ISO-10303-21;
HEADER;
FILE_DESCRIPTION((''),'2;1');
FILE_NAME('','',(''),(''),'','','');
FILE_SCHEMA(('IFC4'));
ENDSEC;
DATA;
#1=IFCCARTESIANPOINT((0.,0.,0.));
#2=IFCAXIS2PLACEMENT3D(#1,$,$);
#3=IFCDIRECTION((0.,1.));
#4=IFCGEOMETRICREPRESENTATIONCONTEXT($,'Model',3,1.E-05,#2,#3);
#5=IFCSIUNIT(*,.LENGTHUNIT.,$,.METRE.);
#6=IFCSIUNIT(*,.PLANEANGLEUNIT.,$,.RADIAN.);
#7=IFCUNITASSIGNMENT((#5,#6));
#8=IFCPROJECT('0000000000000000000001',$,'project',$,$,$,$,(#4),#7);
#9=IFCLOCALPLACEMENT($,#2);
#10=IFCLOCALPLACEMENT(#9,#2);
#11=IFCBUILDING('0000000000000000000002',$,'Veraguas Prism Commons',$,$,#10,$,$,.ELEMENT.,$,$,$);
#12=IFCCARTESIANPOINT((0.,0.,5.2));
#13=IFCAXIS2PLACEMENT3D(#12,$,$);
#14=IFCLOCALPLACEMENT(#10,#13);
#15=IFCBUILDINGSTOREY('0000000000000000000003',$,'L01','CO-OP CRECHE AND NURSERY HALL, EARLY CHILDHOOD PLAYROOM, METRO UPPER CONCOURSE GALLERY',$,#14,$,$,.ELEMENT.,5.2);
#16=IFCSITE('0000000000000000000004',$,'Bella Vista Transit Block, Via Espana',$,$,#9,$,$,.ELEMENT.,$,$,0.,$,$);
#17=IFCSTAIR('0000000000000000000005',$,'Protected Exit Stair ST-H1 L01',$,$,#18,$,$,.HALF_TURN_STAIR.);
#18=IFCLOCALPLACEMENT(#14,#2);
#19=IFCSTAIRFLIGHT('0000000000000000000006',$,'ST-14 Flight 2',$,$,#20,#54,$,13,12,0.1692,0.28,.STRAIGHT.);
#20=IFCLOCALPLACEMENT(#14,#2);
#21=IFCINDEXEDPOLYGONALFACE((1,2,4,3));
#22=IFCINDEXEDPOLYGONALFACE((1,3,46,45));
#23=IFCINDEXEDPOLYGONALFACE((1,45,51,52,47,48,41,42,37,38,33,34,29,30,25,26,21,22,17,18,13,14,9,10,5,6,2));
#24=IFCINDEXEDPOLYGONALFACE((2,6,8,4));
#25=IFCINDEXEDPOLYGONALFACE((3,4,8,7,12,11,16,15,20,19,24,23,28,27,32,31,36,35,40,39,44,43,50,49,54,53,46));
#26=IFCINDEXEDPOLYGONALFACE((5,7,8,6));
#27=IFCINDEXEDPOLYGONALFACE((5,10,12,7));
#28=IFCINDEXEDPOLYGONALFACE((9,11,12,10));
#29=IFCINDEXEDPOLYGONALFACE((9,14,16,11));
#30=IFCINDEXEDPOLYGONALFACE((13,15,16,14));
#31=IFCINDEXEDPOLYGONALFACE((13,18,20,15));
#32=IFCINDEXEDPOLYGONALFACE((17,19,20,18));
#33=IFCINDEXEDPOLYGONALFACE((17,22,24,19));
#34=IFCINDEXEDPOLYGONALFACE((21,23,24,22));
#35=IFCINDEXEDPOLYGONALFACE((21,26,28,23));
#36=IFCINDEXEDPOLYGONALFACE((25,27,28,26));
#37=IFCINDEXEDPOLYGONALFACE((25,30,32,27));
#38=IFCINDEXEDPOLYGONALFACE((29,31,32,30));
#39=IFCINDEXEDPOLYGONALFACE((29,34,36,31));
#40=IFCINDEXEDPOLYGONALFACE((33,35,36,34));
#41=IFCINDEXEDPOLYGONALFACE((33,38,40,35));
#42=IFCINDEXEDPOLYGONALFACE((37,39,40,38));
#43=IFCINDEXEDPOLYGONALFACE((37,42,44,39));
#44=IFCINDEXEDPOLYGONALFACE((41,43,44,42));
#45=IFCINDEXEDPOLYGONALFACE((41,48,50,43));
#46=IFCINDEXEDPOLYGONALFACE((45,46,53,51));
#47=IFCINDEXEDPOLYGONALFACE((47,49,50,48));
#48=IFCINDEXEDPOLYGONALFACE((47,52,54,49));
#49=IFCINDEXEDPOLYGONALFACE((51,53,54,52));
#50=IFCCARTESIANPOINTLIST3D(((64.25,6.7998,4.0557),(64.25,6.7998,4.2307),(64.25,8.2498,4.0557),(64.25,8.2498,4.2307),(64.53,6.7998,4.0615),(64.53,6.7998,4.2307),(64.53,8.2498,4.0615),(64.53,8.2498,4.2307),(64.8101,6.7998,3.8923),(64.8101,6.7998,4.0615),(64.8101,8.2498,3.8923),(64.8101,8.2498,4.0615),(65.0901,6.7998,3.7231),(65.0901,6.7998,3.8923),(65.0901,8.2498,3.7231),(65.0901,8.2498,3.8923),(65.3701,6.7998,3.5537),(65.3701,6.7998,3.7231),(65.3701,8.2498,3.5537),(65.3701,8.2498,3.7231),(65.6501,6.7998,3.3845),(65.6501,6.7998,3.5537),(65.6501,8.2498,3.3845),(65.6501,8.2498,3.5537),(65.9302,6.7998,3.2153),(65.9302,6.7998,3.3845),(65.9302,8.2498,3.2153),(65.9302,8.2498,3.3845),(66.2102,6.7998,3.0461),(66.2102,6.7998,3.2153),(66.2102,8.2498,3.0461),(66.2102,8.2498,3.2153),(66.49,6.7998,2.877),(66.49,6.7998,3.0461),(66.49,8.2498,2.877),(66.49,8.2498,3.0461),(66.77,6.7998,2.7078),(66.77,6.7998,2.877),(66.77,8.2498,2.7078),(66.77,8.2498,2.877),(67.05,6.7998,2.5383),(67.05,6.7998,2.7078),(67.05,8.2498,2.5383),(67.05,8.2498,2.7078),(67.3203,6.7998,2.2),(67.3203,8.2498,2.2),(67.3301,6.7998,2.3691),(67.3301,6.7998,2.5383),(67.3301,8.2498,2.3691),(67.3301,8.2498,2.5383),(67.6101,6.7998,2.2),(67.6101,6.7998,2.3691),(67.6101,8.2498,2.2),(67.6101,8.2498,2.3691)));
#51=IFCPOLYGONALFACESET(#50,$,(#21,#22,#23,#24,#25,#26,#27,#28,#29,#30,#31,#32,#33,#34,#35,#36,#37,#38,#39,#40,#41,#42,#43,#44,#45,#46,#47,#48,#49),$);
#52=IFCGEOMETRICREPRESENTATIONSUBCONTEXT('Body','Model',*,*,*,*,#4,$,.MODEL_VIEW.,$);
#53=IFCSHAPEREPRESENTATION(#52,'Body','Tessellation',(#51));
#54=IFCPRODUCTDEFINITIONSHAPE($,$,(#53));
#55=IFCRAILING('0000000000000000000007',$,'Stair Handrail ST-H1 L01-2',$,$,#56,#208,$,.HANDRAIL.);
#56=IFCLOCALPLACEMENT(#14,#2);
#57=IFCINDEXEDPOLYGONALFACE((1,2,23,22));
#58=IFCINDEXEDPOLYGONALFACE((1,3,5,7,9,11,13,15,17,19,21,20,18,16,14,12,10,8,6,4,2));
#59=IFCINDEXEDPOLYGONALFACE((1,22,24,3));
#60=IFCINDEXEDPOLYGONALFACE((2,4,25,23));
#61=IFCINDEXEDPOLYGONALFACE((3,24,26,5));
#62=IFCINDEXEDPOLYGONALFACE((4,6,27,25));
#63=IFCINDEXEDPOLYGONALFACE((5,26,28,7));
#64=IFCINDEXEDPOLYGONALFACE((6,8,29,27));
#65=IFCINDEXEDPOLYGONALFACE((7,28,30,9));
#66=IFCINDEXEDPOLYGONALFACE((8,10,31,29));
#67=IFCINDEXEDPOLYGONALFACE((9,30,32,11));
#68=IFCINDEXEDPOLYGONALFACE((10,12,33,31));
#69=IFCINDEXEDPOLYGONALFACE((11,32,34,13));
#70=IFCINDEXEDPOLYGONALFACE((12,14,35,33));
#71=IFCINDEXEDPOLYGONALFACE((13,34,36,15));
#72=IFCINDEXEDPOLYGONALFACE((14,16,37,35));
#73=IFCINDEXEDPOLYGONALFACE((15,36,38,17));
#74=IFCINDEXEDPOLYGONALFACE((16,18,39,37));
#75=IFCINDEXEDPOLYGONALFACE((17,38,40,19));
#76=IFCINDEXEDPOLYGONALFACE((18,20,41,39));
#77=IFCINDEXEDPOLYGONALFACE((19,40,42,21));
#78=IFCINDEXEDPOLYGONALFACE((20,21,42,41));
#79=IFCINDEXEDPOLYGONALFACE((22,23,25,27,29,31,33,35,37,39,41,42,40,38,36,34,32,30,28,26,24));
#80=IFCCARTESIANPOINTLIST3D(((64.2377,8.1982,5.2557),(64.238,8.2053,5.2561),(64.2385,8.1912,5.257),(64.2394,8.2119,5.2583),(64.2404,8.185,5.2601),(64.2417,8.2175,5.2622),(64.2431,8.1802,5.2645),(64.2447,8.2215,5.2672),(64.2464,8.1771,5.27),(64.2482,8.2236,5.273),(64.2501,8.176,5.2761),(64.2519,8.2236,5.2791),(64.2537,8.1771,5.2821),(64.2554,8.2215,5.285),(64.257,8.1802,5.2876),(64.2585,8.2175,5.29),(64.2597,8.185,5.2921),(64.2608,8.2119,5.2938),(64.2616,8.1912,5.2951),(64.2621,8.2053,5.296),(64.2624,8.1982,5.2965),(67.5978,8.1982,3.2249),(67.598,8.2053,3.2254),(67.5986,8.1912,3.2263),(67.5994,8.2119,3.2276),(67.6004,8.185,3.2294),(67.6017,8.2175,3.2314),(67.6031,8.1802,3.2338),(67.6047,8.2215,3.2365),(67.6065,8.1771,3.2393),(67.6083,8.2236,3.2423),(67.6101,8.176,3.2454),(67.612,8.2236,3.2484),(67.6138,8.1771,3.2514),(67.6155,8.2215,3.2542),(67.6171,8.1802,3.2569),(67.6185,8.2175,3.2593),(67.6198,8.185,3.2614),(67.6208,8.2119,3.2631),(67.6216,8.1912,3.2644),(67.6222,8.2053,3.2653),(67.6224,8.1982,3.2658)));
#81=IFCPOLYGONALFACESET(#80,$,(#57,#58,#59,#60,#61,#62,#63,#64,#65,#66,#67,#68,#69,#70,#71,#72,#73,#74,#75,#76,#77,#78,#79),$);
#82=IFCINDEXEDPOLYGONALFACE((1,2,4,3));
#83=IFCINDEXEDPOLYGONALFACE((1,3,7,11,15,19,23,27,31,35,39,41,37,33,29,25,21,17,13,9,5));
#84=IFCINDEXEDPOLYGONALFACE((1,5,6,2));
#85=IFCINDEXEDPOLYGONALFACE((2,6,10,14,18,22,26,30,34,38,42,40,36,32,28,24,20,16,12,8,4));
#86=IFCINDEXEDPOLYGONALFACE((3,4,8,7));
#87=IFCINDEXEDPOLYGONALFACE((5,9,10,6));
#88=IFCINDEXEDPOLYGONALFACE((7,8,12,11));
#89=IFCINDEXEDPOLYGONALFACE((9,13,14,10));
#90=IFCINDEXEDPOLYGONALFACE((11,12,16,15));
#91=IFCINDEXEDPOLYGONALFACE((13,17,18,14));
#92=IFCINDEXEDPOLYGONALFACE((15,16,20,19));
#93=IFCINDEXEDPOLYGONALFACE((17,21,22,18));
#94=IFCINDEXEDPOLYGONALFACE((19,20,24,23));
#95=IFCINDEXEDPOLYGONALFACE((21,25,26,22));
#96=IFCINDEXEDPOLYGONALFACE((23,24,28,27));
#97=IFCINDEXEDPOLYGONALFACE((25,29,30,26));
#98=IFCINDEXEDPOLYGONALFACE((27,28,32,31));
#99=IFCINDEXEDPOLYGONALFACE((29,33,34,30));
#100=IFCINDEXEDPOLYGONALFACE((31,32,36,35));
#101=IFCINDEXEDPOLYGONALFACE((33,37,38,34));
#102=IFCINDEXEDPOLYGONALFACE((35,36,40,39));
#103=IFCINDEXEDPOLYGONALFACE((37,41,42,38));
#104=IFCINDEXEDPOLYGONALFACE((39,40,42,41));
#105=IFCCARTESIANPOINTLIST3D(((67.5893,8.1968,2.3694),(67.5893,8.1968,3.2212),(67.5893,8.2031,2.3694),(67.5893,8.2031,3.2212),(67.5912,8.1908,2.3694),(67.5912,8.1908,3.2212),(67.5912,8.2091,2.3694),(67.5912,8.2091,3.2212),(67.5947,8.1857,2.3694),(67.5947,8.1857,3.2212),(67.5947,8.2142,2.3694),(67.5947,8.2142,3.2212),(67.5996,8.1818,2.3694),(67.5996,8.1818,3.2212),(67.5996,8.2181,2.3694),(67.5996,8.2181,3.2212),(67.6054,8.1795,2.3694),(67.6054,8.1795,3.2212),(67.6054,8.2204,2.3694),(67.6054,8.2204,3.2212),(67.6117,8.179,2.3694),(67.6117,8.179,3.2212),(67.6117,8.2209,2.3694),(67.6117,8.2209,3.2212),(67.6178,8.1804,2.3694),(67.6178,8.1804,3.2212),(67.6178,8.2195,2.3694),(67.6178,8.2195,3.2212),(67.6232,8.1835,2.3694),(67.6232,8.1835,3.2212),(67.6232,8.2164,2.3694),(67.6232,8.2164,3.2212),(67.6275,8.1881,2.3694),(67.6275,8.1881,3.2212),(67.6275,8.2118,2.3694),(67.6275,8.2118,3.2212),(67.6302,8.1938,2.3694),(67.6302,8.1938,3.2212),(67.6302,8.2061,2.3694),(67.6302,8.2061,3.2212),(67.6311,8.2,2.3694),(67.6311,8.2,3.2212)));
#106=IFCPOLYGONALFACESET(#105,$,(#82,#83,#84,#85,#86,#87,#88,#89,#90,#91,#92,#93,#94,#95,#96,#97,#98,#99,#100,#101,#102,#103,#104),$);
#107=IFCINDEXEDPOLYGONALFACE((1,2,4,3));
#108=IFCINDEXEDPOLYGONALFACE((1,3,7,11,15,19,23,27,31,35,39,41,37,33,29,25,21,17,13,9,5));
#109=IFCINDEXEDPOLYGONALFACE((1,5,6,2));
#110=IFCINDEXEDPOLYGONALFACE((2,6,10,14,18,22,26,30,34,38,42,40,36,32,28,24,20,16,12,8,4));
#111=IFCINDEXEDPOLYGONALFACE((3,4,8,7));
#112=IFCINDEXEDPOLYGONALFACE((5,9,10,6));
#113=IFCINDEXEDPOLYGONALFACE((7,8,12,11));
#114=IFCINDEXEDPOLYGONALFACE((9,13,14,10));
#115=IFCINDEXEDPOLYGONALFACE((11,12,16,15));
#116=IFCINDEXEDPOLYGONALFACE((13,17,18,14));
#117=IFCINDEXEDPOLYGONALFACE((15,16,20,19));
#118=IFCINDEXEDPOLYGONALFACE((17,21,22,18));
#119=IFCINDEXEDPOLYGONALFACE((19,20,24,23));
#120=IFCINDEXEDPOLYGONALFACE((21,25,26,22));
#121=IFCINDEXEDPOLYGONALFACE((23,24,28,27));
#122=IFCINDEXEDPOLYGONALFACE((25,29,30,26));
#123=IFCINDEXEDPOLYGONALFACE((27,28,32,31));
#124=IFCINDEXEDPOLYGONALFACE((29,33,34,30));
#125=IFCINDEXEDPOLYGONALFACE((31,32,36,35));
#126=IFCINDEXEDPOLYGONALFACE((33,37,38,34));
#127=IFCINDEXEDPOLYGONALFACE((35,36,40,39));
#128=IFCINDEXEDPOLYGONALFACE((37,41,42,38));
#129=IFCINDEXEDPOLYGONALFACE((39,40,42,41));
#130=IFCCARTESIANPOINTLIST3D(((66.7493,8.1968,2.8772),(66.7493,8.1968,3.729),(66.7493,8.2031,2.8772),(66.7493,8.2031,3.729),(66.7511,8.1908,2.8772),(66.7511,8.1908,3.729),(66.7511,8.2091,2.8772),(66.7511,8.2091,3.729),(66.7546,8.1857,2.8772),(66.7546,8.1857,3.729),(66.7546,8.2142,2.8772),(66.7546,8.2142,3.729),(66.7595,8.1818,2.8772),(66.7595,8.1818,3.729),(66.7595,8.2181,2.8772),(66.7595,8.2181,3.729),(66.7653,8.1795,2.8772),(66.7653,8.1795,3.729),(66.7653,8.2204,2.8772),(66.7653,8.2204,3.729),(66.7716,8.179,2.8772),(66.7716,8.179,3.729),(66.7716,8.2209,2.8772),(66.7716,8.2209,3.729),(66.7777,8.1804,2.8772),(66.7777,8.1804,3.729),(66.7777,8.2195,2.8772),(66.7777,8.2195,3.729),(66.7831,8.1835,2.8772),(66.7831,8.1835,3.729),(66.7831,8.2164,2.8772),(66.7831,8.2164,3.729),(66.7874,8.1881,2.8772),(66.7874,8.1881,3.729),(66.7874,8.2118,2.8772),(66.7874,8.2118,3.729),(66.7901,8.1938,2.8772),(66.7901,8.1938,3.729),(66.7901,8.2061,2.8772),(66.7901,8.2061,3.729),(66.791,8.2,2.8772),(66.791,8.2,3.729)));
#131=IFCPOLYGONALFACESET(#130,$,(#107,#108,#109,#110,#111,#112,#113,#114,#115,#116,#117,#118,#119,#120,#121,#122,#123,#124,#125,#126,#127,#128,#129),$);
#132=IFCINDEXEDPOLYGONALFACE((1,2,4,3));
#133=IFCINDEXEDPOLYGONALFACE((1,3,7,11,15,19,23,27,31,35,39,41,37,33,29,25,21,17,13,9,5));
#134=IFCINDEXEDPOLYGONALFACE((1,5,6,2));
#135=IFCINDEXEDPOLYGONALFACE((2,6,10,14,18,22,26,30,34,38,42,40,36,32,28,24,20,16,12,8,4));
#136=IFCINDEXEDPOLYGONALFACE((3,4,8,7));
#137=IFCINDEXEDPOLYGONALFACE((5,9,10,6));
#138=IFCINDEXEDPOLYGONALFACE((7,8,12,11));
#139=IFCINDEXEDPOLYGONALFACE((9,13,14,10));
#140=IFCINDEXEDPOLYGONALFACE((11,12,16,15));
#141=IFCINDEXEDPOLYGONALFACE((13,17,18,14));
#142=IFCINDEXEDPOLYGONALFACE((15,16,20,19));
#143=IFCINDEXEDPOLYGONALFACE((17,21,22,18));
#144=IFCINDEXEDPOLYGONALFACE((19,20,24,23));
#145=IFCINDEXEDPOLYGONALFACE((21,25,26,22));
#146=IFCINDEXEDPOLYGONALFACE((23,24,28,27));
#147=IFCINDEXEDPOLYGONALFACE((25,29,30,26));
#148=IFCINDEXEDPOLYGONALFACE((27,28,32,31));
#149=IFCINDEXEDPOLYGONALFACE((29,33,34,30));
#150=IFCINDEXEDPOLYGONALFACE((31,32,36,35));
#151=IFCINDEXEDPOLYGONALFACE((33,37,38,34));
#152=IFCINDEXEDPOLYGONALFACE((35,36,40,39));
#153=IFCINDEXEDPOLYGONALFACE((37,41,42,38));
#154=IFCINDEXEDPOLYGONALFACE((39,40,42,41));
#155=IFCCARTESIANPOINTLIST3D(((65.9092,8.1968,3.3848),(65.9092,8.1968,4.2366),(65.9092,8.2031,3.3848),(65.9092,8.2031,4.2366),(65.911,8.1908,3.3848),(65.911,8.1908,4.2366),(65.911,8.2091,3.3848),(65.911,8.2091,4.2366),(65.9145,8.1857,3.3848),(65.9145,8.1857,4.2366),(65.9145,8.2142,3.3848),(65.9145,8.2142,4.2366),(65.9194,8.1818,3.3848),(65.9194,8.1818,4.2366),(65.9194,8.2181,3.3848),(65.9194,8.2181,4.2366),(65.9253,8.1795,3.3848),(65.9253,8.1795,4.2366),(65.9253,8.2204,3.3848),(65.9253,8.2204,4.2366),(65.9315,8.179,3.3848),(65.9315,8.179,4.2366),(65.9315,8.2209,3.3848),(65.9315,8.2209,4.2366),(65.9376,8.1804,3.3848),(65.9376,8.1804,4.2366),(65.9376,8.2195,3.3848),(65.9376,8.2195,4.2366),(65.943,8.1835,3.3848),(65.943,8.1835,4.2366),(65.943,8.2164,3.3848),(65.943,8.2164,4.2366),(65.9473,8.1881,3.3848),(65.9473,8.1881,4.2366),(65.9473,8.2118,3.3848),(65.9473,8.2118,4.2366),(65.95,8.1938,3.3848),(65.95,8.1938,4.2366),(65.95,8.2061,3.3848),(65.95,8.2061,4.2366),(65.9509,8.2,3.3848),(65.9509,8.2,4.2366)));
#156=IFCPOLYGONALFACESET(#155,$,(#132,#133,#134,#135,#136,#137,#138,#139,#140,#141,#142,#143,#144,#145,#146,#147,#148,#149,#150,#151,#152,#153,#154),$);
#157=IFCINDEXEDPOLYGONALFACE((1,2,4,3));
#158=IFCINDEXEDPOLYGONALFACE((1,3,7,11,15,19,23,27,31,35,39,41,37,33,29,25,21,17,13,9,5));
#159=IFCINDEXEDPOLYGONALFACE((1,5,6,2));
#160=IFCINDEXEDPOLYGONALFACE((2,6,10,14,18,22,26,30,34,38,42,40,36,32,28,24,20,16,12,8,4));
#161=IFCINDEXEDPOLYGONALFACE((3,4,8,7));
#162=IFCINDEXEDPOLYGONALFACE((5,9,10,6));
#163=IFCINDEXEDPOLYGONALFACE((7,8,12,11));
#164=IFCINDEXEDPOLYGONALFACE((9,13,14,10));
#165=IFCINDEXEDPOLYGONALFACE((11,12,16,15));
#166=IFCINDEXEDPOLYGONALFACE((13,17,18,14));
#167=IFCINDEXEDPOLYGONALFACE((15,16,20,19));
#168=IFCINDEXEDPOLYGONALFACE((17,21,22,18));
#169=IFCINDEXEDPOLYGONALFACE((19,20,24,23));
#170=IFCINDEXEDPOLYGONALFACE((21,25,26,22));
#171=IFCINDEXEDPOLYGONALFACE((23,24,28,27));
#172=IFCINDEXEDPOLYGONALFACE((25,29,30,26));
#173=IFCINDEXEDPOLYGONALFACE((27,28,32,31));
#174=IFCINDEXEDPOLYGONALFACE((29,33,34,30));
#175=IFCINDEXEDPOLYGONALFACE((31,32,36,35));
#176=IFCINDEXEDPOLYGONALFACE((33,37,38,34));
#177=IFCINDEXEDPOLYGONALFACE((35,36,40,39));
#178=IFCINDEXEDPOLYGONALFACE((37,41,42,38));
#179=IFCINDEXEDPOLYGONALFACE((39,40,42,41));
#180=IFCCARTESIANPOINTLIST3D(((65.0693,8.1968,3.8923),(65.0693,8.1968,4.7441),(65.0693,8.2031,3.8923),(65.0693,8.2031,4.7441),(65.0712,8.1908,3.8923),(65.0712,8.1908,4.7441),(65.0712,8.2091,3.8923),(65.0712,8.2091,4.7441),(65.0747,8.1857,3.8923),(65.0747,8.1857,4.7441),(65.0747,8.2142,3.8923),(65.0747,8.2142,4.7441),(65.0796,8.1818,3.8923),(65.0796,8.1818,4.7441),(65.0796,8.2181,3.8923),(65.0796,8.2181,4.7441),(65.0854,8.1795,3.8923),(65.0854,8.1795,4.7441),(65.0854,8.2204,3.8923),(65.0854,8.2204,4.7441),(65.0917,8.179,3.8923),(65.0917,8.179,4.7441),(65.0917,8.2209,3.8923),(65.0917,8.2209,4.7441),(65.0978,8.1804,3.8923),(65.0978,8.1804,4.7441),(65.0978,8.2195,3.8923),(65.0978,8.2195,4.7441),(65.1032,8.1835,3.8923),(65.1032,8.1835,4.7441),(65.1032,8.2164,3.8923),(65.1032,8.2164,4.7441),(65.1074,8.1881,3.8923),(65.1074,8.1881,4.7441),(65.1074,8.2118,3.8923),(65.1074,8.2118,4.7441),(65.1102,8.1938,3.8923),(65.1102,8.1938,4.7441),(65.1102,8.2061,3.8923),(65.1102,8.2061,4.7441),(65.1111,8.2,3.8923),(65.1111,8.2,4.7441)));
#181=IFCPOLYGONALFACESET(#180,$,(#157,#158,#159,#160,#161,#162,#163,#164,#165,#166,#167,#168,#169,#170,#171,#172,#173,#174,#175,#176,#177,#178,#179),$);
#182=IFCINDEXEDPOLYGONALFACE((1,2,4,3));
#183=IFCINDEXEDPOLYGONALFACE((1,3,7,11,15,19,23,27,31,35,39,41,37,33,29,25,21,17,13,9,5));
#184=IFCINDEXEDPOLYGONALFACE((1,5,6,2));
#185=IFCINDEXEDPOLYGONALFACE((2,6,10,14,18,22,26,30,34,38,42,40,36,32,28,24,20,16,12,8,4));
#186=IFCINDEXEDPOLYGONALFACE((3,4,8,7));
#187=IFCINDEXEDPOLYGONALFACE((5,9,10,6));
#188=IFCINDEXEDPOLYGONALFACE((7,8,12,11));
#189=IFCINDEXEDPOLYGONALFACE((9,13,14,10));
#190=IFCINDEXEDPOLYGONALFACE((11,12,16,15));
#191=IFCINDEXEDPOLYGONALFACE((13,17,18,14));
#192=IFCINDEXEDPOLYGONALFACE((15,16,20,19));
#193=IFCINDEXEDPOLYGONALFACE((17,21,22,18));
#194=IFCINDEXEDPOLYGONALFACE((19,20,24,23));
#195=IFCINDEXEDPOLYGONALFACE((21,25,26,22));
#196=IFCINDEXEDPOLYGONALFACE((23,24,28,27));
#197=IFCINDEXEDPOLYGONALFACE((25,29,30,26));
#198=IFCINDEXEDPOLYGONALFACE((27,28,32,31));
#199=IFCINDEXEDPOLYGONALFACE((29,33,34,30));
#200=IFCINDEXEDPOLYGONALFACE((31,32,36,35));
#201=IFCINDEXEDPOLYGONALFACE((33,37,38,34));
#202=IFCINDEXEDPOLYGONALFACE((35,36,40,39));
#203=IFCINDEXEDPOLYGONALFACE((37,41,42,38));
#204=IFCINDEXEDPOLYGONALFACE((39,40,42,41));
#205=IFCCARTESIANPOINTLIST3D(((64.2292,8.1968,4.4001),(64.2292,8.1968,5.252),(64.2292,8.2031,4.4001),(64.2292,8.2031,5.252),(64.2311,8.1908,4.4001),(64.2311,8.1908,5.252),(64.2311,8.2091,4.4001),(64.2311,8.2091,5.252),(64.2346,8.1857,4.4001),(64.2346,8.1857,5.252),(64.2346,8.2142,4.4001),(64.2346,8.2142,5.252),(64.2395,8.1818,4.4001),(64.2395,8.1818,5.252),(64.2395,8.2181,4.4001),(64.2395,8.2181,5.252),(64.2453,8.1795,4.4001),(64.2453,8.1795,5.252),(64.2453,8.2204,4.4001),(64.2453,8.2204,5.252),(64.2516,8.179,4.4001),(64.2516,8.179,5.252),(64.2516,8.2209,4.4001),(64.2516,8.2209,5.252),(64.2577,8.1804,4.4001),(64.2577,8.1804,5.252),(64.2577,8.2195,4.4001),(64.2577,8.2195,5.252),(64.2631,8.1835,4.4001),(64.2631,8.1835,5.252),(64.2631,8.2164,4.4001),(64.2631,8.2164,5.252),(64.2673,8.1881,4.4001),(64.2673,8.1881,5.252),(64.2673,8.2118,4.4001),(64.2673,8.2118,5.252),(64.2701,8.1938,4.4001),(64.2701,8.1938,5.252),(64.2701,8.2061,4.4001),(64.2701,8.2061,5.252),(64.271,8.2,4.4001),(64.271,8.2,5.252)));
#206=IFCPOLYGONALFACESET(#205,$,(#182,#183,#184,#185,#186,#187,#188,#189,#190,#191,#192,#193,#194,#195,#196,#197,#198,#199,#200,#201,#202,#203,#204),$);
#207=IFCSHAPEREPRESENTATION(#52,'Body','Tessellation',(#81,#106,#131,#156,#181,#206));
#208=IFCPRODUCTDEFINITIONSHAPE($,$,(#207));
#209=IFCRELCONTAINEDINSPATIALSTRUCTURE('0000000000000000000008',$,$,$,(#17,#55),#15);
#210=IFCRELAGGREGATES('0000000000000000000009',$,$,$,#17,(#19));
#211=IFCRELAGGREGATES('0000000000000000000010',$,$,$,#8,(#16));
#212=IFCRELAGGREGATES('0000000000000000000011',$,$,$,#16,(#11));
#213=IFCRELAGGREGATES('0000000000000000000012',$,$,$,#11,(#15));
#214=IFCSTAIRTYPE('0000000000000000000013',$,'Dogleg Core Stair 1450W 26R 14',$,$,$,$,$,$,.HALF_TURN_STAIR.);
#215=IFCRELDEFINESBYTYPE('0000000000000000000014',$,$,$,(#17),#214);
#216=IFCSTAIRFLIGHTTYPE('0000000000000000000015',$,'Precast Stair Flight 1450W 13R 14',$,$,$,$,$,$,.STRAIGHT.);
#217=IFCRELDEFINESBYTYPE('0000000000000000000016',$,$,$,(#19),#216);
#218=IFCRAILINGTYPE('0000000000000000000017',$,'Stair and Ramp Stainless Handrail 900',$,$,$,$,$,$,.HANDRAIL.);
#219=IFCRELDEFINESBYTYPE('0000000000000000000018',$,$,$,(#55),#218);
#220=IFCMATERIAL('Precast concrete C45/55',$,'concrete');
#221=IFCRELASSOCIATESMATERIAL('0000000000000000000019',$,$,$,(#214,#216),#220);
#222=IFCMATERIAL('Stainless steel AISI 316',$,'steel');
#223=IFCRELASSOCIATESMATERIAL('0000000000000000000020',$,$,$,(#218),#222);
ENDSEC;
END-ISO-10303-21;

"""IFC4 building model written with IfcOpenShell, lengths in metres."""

from ifc_helpers import new_model, si_unit, direction, frame, origin, origin_2d, place, context, subcontext, project, spatial, polyline, circle, outline, extrude, material, type_object, element, aggregate, save


model = new_model("IFC4")

# Units and contexts
model_context = context("Model", 3, precision=1e-05, world=origin(), true_north=direction((0.0, 1.0)))
body_context = subcontext(model_context, "Body", "Model", "MODEL_VIEW")
ifc_project = project(units=[si_unit("LENGTHUNIT", "METRE"), si_unit("PLANEANGLEUNIT", "RADIAN")], contexts=[model_context])

# Site, building, storey
site_placement = place(None, origin())
site = spatial("IfcSite", under=ifc_project, at=site_placement, Name="Bella Vista Transit Block, Via Espana", CompositionType="ELEMENT", RefElevation=0.0)
building_placement = place(site_placement, origin())
building = spatial("IfcBuilding", under=site, at=building_placement, Name="Veraguas Prism Commons", CompositionType="ELEMENT")
storey_placement = place(building_placement, frame((0.0, 0.0, 5.2)))
storey = spatial("IfcBuildingStorey", under=building, at=storey_placement, Name="L01", Description="CO-OP CRECHE AND NURSERY HALL, EARLY CHILDHOOD PLAYROOM, METRO UPPER CONCOURSE GALLERY", CompositionType="ELEMENT", Elevation=5.2)

# Shared definitions
ifc_material_1 = material(Name="Stainless steel AISI 316", Category="steel")

# Stair, stair flight
ifc_material_2 = material(Name="Precast concrete C45/55", Category="concrete")
stair_type = type_object("IfcStairType", Name="Dogleg Core Stair 1450W 26R 14", PredefinedType="HALF_TURN_STAIR", material=ifc_material_2)
stair_placement = place(storey_placement, origin())
stair = element("IfcStair", 1, at=stair_placement, inside=storey, type_object=stair_type, Name="Protected Exit Stair ST-H1 L01", PredefinedType="HALF_TURN_STAIR")
stair_flight_type = type_object("IfcStairFlightType", Name="Precast Stair Flight 1450W 13R 14", PredefinedType="STRAIGHT", material=ifc_material_2)
stair_flight_placement = place(storey_placement, frame((67.6101, 7.5249, 2.2), z_axis=(0.0, 0.0, 1.0), x_axis=(-1.0, 0.0, 0.0)))
stair_flight = element("IfcStairFlight", 2, at=stair_flight_placement, type_object=stair_flight_type, Name="ST-14 Flight 2", NumberOfRisers=13, NumberOfTreads=12, PredefinedType="STRAIGHT", RiserHeight=0.1692, TreadLength=0.28, context=body_context, shape_type="SweptSolid", body=[
    extrude(outline(polyline([(0.0, 0.0), (0.0, 0.1692), (0.28, 0.1692), (0.28, 0.3384), (0.5601, 0.3384), (0.5601, 0.5078), (0.8401, 0.5078), (0.8401, 0.677), (1.1201, 0.677), (1.1201, 0.8462), (1.3999, 0.8462), (1.3999, 1.0154), (1.6799, 1.0154), (1.6799, 1.1846), (1.96, 1.1846), (1.96, 1.3538), (2.24, 1.3538), (2.24, 1.5232), (2.52, 1.5232), (2.52, 1.6924), (2.8, 1.6924), (2.8, 1.8616), (3.0801, 1.8616), (3.0801, 2.0308), (3.3601, 2.0308), (3.3601, 2.2), (3.3601, 1.8557), (0.2898, 0.0), (0.0, 0.0)])), frame((0.0, 0.7251, 0.0), z_axis=(0.0, -1.0, 0.0), x_axis=(1.0, 0.0, 0.0)), (0.0, 0.0, 1.0), 1.45),
])
aggregate(stair, [stair_flight])

# Railing
railing_type_1 = type_object("IfcRailingType", Name="Stair and Ramp Stainless Handrail 900", PredefinedType="HANDRAIL", material=ifc_material_1)
railing_1_placement = place(storey_placement, frame((67.6101, 8.2, 2.3694)))
element("IfcRailing", 3, at=railing_1_placement, inside=storey, type_object=railing_type_1, Name="Stair Handrail ST-H1 L01-2", PredefinedType="HANDRAIL", context=body_context, shape_type="SweptSolid", body=[
    extrude(circle(Radius=0.0239, at=origin_2d()), frame((0.0, 0.0, 0.876), z_axis=(-0.855837, 0.0, 0.517246), x_axis=(0.0, -1.0, 0.0)), (0.0, 0.0, 1.0), 3.926),
    extrude(circle(Radius=0.021, at=origin_2d()), origin(), (0.0, 0.0, 1.0), 0.8518),
    extrude(circle(Radius=0.021, at=origin_2d()), frame((-0.8401, 0.0, 0.5078)), (0.0, 0.0, 1.0), 0.8518),
    extrude(circle(Radius=0.021, at=origin_2d()), frame((-1.6802, 0.0, 1.0154)), (0.0, 0.0, 1.0), 0.8518),
    extrude(circle(Radius=0.021, at=origin_2d()), frame((-2.52, 0.0, 1.5229)), (0.0, 0.0, 1.0), 0.8518),
    extrude(circle(Radius=0.021, at=origin_2d()), frame((-3.3601, 0.0, 2.0308)), (0.0, 0.0, 1.0), 0.8518),
])

save(model, "model.ifc")
